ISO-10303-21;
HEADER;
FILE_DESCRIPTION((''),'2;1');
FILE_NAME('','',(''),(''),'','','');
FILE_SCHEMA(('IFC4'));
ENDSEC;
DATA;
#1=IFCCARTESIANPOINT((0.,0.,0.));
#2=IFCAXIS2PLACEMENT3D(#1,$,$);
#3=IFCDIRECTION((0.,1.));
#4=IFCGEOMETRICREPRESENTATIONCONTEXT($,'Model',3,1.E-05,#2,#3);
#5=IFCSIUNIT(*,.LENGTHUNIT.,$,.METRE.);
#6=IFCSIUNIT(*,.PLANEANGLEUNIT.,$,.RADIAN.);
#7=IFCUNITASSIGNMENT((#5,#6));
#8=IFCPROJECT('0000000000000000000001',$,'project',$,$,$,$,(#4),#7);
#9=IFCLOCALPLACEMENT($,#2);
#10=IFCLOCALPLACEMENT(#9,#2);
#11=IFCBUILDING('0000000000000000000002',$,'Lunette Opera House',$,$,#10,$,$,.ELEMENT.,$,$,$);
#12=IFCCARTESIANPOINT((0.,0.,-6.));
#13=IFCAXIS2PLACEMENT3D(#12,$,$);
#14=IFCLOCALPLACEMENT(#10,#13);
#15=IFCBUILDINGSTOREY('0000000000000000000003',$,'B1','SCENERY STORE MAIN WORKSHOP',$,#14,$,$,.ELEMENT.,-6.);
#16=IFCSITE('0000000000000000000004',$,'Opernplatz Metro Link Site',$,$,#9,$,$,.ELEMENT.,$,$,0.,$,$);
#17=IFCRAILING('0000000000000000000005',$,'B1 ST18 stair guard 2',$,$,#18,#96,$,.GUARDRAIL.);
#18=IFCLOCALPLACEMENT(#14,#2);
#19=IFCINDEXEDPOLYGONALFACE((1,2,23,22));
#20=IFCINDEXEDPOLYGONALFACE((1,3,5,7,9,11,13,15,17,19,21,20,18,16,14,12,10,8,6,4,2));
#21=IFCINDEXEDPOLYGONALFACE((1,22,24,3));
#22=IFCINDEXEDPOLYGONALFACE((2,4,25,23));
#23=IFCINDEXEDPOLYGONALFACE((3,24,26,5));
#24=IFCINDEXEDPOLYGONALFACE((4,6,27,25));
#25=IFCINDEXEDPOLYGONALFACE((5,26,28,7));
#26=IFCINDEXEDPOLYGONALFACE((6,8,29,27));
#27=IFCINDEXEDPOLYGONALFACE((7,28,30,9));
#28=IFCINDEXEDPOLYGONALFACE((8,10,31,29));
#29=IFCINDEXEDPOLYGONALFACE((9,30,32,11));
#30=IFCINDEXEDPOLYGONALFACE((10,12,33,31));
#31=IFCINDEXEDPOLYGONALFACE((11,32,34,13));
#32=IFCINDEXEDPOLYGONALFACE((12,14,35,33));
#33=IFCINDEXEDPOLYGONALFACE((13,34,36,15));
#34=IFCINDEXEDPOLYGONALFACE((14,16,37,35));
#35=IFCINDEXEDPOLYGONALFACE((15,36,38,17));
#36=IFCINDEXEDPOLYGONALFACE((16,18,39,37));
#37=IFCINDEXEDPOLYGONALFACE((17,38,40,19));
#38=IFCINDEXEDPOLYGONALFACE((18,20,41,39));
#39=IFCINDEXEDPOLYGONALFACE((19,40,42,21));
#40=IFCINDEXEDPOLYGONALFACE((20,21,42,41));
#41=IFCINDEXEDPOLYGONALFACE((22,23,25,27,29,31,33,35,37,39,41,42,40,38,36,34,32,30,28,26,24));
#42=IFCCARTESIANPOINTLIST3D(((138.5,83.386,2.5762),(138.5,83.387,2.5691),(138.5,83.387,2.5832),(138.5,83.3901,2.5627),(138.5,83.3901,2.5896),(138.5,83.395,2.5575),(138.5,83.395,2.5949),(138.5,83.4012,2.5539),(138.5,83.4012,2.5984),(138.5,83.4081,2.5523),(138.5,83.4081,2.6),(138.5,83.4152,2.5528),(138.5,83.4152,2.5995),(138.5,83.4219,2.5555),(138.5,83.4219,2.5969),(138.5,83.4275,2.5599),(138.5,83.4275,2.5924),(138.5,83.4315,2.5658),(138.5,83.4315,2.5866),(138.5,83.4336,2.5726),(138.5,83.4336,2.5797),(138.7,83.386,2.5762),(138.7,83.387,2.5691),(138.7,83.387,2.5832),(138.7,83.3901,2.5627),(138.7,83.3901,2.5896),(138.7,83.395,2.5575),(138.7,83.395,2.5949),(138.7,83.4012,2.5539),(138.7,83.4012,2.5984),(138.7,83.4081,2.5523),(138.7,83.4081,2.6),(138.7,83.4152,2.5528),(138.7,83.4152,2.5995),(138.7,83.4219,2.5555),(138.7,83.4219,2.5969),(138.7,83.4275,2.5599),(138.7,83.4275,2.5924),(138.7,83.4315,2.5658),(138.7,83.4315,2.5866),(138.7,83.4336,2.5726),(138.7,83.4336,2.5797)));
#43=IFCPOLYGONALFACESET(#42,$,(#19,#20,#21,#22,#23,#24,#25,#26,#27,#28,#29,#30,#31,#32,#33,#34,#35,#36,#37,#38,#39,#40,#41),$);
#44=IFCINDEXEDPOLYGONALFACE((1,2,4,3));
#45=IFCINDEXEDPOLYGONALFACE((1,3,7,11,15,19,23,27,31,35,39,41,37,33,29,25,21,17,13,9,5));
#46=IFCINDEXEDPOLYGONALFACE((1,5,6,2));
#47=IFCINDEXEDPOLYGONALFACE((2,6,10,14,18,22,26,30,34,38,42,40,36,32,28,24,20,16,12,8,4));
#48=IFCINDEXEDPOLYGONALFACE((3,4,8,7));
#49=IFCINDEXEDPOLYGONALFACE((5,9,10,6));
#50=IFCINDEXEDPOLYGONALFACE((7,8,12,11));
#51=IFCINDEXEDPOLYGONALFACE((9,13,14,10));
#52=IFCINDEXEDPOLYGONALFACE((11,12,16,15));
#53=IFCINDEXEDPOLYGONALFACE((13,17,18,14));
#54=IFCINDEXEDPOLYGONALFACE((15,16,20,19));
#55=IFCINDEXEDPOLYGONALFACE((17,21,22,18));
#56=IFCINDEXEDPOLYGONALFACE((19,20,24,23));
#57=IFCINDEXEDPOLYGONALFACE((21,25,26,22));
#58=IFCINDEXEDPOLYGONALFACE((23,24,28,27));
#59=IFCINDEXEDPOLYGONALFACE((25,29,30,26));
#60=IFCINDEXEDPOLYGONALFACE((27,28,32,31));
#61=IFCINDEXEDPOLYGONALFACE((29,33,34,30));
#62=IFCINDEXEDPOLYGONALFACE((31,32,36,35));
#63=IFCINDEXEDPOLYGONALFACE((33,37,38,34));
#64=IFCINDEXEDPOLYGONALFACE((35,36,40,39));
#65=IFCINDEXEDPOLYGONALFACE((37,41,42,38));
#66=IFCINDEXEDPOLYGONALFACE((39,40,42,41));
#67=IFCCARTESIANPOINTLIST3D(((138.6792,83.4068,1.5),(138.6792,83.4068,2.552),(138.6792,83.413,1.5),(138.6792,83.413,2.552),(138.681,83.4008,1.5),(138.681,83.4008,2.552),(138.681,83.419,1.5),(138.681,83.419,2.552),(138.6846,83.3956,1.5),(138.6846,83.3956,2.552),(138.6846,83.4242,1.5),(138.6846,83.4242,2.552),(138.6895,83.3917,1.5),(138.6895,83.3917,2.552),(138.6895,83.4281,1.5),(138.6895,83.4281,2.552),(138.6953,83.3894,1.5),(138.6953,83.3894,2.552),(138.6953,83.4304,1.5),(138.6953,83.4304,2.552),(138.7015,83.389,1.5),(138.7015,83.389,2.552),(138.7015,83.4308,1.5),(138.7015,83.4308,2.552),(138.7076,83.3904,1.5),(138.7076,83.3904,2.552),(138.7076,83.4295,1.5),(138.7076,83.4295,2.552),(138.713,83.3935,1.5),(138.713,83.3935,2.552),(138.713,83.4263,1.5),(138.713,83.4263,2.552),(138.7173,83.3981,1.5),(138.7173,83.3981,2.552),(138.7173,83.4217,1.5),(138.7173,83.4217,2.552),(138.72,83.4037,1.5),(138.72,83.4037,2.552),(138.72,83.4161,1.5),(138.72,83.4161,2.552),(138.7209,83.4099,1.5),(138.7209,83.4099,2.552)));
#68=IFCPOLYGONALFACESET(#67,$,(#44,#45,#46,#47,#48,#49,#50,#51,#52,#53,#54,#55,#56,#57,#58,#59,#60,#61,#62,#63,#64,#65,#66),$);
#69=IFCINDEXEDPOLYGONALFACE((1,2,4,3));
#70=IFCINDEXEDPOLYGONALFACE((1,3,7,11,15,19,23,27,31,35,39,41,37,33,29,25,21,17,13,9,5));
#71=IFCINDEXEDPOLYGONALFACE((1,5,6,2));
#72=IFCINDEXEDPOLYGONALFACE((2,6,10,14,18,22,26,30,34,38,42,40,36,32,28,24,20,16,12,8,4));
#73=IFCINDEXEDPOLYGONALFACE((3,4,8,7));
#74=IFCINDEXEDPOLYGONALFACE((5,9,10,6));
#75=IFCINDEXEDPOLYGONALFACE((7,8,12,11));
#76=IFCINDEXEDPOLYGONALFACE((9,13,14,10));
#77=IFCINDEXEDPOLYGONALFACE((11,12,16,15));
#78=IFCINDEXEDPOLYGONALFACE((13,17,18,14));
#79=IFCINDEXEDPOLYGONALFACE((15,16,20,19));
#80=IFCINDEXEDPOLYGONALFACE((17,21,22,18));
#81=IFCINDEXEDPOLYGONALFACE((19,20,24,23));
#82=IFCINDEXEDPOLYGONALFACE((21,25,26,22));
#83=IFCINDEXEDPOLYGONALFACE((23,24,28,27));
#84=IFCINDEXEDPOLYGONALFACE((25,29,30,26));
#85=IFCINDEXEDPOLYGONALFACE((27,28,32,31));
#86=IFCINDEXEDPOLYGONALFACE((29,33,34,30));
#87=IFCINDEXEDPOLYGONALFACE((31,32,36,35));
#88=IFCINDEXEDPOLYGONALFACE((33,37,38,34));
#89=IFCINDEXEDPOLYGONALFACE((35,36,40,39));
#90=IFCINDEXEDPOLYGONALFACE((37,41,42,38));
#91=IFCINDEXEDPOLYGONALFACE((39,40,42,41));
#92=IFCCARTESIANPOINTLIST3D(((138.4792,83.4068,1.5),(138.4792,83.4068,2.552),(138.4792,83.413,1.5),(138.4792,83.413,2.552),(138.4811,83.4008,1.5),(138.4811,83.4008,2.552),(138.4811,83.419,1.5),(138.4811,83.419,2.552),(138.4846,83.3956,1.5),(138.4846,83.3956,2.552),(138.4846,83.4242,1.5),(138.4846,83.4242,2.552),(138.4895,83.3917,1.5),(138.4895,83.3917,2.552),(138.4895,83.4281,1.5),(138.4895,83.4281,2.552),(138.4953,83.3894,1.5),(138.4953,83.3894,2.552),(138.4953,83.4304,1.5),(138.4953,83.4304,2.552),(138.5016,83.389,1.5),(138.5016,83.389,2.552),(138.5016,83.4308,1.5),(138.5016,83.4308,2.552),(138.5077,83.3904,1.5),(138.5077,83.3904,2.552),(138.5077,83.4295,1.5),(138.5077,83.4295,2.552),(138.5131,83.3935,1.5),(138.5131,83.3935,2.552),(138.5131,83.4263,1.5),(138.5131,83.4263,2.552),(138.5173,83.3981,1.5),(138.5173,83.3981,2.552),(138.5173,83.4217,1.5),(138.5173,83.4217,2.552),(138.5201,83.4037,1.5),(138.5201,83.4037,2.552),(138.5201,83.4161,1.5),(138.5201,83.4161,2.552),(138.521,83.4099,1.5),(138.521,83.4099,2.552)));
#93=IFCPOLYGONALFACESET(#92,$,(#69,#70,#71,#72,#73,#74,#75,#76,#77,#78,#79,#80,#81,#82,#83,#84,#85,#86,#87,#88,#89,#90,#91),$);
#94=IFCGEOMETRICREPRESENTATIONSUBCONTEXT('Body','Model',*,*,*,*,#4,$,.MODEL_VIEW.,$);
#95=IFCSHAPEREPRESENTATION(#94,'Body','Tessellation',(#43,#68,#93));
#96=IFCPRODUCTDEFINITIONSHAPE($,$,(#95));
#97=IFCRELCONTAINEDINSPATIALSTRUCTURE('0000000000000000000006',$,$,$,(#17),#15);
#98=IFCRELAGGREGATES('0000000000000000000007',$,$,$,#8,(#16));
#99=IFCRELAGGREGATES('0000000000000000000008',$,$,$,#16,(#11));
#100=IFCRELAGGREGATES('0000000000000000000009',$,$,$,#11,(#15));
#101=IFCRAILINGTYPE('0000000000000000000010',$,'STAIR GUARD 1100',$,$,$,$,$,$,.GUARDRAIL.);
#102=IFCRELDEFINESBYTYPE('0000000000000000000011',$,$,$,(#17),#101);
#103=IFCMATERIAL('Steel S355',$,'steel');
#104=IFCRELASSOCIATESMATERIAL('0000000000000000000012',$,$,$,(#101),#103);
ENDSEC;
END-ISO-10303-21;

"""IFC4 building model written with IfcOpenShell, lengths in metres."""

from ifc_helpers import new_model, si_unit, direction, frame, origin, origin_2d, place, context, subcontext, project, spatial, circle, extrude, material, type_object, element, save


model = new_model("IFC4")

# Units and contexts
model_context = context("Model", 3, precision=1e-05, world=origin(), true_north=direction((0.0, 1.0)))
body_context = subcontext(model_context, "Body", "Model", "MODEL_VIEW")
ifc_project = project(units=[si_unit("LENGTHUNIT", "METRE"), si_unit("PLANEANGLEUNIT", "RADIAN")], contexts=[model_context])

# Site, building, storey
site_placement = place(None, origin())
site = spatial("IfcSite", under=ifc_project, at=site_placement, Name="Opernplatz Metro Link Site", CompositionType="ELEMENT", RefElevation=0.0)
building_placement = place(site_placement, origin())
building = spatial("IfcBuilding", under=site, at=building_placement, Name="Lunette Opera House", CompositionType="ELEMENT")
storey_placement = place(building_placement, frame((0.0, 0.0, -6.0)))
storey = spatial("IfcBuildingStorey", under=building, at=storey_placement, Name="B1", Description="SCENERY STORE MAIN WORKSHOP", CompositionType="ELEMENT", Elevation=-6.0)

# Railing
ifc_material_1 = material(Name="Steel S355", Category="steel")
railing_type_1 = type_object("IfcRailingType", Name="STAIR GUARD 1100", PredefinedType="GUARDRAIL", material=ifc_material_1)
railing_1_placement = place(storey_placement, frame((138.7, 83.4099, 1.5)))
element("IfcRailing", 1, at=railing_1_placement, inside=storey, type_object=railing_type_1, Name="B1 ST18 stair guard 2", PredefinedType="GUARDRAIL", context=body_context, shape_type="SweptSolid", body=[
    extrude(circle(Radius=0.0239, at=origin_2d()), frame((0.0, 0.0, 1.0762), z_axis=(-1.0, 0.0, 0.0), x_axis=(0.0, -1.0, 0.0)), (0.0, 0.0, 1.0), 0.2),
    extrude(circle(Radius=0.021, at=origin_2d()), origin(), (0.0, 0.0, 1.0), 1.052),
    extrude(circle(Radius=0.021, at=origin_2d()), frame((-0.2, 0.0, 0.0)), (0.0, 0.0, 1.0), 1.052),
])

save(model, "model.ifc")
